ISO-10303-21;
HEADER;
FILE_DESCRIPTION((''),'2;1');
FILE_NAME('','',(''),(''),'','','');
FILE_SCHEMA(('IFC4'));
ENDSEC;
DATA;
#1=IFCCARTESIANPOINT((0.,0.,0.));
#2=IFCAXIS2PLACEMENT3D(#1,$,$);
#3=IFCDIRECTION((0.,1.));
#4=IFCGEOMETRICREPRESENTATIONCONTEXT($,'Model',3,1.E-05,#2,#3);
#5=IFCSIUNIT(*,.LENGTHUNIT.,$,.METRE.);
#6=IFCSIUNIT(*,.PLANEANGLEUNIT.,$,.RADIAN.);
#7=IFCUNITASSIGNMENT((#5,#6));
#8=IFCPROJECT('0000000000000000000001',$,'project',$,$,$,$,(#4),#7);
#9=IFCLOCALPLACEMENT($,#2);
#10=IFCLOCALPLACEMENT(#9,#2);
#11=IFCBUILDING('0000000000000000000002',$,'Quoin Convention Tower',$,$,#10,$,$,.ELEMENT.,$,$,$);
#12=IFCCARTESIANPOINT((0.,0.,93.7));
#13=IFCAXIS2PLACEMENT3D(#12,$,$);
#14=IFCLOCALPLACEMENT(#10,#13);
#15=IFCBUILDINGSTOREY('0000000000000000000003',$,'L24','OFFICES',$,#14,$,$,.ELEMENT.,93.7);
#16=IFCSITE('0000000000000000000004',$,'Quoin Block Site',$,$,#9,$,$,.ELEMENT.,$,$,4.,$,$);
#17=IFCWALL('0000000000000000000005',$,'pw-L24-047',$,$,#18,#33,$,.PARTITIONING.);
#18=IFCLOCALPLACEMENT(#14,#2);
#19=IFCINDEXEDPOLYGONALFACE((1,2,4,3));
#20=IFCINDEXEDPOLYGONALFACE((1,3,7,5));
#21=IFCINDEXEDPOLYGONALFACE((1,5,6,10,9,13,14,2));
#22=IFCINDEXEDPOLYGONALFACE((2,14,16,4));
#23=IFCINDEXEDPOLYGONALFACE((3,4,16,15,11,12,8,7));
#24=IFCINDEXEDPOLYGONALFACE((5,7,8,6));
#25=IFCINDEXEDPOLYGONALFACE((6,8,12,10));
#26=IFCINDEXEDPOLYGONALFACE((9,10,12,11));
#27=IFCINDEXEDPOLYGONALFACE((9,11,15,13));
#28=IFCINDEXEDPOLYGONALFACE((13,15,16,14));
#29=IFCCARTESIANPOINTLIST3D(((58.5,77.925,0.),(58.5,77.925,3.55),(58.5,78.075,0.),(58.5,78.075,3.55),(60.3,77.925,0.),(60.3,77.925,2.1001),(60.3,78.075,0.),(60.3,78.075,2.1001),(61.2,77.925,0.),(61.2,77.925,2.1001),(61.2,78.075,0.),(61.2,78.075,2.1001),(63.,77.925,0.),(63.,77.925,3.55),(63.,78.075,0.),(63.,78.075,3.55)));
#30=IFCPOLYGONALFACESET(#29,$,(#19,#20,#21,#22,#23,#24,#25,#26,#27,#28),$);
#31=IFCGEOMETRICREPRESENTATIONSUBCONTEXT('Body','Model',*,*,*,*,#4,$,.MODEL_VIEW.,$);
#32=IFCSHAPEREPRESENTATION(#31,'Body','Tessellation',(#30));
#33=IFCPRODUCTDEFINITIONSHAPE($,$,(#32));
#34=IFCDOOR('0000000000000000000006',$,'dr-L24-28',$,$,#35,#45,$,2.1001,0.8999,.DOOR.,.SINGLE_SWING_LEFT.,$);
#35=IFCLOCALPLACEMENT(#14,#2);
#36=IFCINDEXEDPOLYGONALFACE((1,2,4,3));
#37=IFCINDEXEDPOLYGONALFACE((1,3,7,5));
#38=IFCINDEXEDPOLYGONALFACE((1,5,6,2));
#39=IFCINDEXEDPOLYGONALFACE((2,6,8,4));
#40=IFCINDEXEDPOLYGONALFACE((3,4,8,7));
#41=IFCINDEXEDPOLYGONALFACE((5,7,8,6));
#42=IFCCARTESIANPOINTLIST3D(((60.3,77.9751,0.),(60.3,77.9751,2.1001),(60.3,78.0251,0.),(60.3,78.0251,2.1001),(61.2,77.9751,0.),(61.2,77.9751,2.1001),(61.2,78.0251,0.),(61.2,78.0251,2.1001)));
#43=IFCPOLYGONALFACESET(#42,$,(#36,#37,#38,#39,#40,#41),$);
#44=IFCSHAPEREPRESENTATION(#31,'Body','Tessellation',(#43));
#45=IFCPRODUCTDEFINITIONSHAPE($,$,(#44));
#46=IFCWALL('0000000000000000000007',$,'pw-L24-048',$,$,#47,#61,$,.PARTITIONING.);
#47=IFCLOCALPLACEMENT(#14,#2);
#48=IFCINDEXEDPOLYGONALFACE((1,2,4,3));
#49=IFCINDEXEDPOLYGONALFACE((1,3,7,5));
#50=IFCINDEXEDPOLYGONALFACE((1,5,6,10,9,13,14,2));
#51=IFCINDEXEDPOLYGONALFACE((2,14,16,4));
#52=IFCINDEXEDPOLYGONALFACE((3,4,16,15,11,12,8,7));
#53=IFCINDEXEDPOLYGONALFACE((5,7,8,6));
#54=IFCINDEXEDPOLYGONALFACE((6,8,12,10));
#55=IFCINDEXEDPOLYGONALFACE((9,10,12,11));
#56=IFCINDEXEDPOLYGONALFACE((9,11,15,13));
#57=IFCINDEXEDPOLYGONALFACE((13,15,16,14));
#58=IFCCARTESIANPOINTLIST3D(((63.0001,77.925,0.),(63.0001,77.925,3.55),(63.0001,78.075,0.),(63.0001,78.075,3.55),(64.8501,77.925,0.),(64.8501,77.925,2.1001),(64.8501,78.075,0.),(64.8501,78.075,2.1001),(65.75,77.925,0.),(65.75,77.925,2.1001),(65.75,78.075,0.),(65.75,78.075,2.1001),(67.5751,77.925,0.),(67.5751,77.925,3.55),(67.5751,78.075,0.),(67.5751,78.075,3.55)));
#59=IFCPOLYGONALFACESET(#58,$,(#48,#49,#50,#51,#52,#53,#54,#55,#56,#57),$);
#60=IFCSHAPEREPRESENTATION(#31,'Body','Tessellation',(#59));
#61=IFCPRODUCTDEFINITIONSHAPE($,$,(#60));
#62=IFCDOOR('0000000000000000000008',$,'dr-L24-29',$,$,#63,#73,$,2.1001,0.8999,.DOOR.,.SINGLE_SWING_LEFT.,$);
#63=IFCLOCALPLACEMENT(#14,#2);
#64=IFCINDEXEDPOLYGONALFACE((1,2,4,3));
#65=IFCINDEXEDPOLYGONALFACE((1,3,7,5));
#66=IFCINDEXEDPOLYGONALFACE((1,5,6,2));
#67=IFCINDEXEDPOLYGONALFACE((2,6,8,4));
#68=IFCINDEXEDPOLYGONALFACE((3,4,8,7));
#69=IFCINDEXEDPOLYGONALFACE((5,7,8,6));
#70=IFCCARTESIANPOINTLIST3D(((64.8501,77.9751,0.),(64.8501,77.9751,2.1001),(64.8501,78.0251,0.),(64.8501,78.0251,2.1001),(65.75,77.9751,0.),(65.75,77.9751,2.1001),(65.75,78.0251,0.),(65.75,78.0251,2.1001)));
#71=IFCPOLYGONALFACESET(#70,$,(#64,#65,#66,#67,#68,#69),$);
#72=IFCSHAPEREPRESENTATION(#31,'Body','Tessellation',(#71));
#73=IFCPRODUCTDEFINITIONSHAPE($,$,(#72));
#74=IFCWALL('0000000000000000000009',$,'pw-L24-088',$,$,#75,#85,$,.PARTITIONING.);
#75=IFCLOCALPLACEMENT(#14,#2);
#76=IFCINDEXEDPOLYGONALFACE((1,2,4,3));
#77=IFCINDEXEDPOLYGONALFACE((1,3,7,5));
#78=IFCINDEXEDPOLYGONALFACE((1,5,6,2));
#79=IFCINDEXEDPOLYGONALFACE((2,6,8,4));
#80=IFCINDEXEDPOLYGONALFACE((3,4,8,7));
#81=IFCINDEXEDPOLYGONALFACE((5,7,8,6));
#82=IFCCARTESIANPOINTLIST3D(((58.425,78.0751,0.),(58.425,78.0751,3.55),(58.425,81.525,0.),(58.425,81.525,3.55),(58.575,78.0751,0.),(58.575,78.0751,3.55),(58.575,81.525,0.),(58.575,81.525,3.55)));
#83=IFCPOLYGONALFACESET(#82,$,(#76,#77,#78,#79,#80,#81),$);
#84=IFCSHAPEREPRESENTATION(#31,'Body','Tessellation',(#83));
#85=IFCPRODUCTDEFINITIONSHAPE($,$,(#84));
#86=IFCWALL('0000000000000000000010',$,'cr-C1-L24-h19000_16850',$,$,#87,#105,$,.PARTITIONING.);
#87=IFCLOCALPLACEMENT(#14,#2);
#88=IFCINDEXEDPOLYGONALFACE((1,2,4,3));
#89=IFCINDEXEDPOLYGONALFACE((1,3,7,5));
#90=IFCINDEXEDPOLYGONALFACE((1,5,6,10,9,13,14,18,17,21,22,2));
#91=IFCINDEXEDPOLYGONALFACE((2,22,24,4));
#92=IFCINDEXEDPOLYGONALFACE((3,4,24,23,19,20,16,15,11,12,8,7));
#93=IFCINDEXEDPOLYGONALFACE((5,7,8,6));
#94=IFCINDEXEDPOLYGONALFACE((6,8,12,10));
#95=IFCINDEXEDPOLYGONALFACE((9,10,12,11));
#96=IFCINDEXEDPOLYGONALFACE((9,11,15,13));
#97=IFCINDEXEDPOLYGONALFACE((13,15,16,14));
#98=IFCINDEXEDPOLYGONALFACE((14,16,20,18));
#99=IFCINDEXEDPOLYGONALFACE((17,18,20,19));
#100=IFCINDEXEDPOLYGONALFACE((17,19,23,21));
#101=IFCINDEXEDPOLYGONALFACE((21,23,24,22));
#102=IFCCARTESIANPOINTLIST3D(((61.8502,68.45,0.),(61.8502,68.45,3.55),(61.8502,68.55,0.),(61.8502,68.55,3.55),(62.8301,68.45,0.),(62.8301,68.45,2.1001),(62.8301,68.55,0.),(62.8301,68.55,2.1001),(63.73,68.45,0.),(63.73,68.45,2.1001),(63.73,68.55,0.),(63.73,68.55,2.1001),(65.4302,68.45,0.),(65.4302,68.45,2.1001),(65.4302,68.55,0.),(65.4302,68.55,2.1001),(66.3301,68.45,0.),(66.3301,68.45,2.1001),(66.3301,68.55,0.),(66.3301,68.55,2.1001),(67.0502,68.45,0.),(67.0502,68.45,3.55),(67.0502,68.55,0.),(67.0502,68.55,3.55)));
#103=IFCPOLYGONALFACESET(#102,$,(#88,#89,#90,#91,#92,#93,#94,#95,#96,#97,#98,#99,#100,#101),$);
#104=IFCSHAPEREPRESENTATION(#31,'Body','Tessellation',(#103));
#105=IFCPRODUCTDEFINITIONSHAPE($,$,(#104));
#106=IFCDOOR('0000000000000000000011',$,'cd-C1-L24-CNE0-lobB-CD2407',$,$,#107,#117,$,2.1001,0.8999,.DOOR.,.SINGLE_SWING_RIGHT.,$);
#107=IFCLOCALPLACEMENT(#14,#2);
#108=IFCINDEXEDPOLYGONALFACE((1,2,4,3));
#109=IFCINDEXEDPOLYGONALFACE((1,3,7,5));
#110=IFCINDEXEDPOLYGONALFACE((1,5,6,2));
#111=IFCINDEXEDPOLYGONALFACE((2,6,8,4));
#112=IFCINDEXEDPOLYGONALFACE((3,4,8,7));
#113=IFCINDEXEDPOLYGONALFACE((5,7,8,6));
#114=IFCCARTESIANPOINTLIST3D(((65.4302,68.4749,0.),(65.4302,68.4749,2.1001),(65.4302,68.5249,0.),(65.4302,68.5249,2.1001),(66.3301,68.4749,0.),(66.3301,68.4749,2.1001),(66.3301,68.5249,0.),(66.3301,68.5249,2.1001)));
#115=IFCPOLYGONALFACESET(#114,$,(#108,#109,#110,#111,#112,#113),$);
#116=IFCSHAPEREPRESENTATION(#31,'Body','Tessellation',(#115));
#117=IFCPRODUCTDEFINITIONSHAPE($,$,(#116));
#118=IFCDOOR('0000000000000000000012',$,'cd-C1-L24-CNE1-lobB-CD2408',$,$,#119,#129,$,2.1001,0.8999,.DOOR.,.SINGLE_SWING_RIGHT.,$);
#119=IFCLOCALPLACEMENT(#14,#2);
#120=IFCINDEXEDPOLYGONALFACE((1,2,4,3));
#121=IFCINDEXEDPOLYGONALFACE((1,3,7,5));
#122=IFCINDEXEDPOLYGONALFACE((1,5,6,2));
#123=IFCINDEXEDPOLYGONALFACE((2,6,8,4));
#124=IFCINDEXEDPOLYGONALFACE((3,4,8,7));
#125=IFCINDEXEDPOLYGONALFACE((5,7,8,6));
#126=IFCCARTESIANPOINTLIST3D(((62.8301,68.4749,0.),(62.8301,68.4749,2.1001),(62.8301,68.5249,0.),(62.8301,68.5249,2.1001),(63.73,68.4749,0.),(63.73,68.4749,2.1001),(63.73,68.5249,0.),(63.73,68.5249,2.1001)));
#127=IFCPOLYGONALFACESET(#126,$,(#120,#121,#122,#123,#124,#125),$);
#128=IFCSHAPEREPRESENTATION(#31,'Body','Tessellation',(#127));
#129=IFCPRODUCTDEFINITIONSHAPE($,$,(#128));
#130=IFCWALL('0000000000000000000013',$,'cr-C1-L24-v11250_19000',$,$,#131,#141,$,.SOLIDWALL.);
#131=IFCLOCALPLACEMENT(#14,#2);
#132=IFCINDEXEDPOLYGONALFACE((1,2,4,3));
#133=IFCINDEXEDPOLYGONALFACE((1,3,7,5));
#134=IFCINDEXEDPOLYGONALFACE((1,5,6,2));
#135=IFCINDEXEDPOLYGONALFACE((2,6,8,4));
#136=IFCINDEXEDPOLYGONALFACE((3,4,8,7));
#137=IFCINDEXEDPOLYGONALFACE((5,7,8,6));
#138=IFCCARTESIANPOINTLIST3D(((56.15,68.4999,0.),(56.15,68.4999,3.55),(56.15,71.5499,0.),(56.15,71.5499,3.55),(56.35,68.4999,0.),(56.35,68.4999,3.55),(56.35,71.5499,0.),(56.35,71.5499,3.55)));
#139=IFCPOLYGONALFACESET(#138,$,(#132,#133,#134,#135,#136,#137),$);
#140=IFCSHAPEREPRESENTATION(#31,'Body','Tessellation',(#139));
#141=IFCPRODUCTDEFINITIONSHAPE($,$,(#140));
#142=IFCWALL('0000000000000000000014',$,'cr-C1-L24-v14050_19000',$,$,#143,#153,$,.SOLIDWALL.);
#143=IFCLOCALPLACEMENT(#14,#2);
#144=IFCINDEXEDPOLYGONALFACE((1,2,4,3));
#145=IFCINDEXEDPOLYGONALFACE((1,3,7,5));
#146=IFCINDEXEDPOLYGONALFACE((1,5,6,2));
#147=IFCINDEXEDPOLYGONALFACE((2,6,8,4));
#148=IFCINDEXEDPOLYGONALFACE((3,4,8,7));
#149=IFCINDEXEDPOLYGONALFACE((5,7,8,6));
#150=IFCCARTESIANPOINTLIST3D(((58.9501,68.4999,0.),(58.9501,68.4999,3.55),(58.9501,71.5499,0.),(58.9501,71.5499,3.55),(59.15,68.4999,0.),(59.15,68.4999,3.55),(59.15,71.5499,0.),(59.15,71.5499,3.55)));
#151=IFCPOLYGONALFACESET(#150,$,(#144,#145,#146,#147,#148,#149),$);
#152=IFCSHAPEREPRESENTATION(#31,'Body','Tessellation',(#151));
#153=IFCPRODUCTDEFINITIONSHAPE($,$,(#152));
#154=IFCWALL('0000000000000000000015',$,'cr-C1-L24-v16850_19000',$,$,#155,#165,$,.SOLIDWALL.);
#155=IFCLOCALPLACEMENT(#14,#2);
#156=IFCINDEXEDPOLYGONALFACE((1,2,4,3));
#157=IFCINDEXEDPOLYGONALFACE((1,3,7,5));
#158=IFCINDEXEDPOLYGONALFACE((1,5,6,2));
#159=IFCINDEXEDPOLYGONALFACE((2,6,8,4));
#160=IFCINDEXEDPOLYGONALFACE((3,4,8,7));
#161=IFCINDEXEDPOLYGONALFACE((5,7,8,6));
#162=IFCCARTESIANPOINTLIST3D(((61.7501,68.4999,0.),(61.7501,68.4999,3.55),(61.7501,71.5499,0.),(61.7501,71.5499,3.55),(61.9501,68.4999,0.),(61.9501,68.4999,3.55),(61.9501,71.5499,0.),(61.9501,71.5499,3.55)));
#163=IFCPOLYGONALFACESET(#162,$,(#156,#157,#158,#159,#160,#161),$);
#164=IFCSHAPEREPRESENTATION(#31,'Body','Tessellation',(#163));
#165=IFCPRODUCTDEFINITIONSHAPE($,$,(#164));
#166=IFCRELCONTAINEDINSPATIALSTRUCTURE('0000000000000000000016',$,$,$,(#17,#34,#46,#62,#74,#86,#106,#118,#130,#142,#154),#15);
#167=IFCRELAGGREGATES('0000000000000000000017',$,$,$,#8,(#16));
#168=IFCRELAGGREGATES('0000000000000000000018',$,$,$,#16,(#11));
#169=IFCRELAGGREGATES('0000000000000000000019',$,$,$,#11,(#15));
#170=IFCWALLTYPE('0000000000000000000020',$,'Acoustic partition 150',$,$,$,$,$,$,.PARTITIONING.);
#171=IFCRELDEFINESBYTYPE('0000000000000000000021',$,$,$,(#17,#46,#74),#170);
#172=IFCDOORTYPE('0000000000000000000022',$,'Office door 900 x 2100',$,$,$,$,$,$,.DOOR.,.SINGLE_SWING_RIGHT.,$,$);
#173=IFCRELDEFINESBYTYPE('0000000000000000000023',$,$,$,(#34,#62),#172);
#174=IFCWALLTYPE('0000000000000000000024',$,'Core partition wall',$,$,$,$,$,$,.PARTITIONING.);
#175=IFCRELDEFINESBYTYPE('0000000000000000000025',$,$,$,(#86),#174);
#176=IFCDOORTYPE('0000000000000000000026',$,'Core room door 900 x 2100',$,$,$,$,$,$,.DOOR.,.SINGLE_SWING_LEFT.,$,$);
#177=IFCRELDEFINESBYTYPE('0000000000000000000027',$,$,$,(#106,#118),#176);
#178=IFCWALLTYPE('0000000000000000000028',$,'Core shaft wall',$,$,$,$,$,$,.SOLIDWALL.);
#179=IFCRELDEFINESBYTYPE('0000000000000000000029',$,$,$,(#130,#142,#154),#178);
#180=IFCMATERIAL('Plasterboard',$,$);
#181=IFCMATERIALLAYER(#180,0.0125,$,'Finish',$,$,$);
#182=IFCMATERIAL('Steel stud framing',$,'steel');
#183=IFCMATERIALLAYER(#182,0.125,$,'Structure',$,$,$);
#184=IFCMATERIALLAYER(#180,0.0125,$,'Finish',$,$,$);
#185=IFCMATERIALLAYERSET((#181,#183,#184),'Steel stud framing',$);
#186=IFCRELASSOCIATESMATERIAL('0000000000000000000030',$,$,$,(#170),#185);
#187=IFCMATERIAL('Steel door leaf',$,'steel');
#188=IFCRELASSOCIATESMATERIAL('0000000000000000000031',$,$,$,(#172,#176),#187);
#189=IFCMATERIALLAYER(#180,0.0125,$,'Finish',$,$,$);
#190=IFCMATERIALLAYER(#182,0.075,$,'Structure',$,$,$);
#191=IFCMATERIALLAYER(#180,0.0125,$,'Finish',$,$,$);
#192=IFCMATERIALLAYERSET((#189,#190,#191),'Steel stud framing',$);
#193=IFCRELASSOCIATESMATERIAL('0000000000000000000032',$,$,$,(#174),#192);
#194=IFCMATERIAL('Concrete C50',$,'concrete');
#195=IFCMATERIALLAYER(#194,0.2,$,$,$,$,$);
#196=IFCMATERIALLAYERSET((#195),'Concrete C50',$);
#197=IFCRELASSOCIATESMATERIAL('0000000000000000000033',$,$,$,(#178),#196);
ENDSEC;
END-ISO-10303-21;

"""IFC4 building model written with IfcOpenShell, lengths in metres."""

from ifc_helpers import new_model, si_unit, direction, frame, frame_2d, origin, place, context, subcontext, project, spatial, rectangle, extrude, material, layer, layer_set, type_object, element, fill, save


model = new_model("IFC4")

# Units and contexts
model_context = context("Model", 3, precision=1e-05, world=origin(), true_north=direction((0.0, 1.0)))
body_context = subcontext(model_context, "Body", "Model", "MODEL_VIEW")
ifc_project = project(units=[si_unit("LENGTHUNIT", "METRE"), si_unit("PLANEANGLEUNIT", "RADIAN")], contexts=[model_context])

# Site, building, storey
site_placement = place(None, origin())
site = spatial("IfcSite", under=ifc_project, at=site_placement, Name="Quoin Block Site", CompositionType="ELEMENT", RefElevation=4.0)
building_placement = place(site_placement, origin())
building = spatial("IfcBuilding", under=site, at=building_placement, Name="Quoin Convention Tower", CompositionType="ELEMENT")
storey_placement = place(building_placement, frame((0.0, 0.0, 93.7)))
storey = spatial("IfcBuildingStorey", under=building, at=storey_placement, Name="L24", Description="OFFICES", CompositionType="ELEMENT", Elevation=93.7)

# Walls, openings, doors
ifc_material_1 = material(Name="Plasterboard")
ifc_layer_1 = layer(ifc_material_1, 0.0125, Name="Finish")
ifc_material_2 = material(Name="Steel stud framing", Category="steel")
ifc_layer_2 = layer(ifc_material_2, 0.125, Name="Structure")
ifc_layer_3 = layer(ifc_material_1, 0.0125, Name="Finish")
ifc_layer_set_1 = layer_set([ifc_layer_1, ifc_layer_2, ifc_layer_3], Name="Steel stud framing")
wall_type_1 = type_object("IfcWallType", Name="Acoustic partition 150", PredefinedType="PARTITIONING", material=ifc_layer_set_1)
wall_1_placement = place(storey_placement, frame((58.5, 78.0, 0.0), z_axis=(0.0, 0.0, 1.0), x_axis=(1.0, 0.0, 0.0)))
wall_1 = element("IfcWall", 1, at=wall_1_placement, inside=storey, type_object=wall_type_1, Name="pw-L24-047", PredefinedType="PARTITIONING", context=body_context, shape_type="SweptSolid", body=[
    extrude(rectangle(XDim=4.5, YDim=0.1499, at=frame_2d((2.25, 0.0))), origin(), (0.0, 0.0, 1.0), 3.55),
])
opening_1_placement = place(wall_1_placement, frame((1.8, 0.0, 0.0)))
opening_1 = element("IfcOpeningElement", 2, at=opening_1_placement, cuts=wall_1, PredefinedType="OPENING", context=body_context, shape_type="SweptSolid", body=[
    extrude(rectangle(XDim=0.8999, YDim=2.1001, at=frame_2d((0.45, 1.05))), frame((0.0, 0.085, 0.0), z_axis=(0.0, -1.0, 0.0), x_axis=(1.0, 0.0, 0.0)), (0.0, 0.0, 1.0), 0.1699),
])
ifc_material_3 = material(Name="Steel door leaf", Category="steel")
door_type_1 = type_object("IfcDoorType", Name="Office door 900 x 2100", OperationType="SINGLE_SWING_RIGHT", PredefinedType="DOOR", material=ifc_material_3)
door_1_placement = place(opening_1_placement, frame((0.8999, 0.0, 0.0), z_axis=(0.0, 0.0, 1.0), x_axis=(-1.0, 0.0, 0.0)))
door_1 = element("IfcDoor", 3, at=door_1_placement, inside=storey, type_object=door_type_1, Name="dr-L24-28", OperationType="SINGLE_SWING_LEFT", OverallHeight=2.1001, OverallWidth=0.8999, PredefinedType="DOOR", context=body_context, shape_type="SweptSolid", body=[
    extrude(rectangle(XDim=0.8999, YDim=2.1001, at=frame_2d((0.45, 1.05))), frame((0.0, 0.0249, 0.0), z_axis=(0.0, -1.0, 0.0), x_axis=(1.0, 0.0, 0.0)), (0.0, 0.0, 1.0), 0.05),
])
fill(opening_1, door_1)
wall_2_placement = place(storey_placement, frame((63.0, 78.0, 0.0), z_axis=(0.0, 0.0, 1.0), x_axis=(1.0, 0.0, 0.0)))
wall_2 = element("IfcWall", 4, at=wall_2_placement, inside=storey, type_object=wall_type_1, Name="pw-L24-048", PredefinedType="PARTITIONING", context=body_context, shape_type="SweptSolid", body=[
    extrude(rectangle(XDim=4.575, YDim=0.1499, at=frame_2d((2.2876, 0.0))), origin(), (0.0, 0.0, 1.0), 3.55),
])
opening_2_placement = place(wall_2_placement, frame((1.8501, 0.0, 0.0)))
opening_2 = element("IfcOpeningElement", 5, at=opening_2_placement, cuts=wall_2, PredefinedType="OPENING", context=body_context, shape_type="SweptSolid", body=[
    extrude(rectangle(XDim=0.8999, YDim=2.1001, at=frame_2d((0.45, 1.05))), frame((0.0, 0.085, 0.0), z_axis=(0.0, -1.0, 0.0), x_axis=(1.0, 0.0, 0.0)), (0.0, 0.0, 1.0), 0.1699),
])
door_2_placement = place(opening_2_placement, frame((0.8999, 0.0, 0.0), z_axis=(0.0, 0.0, 1.0), x_axis=(-1.0, 0.0, 0.0)))
door_2 = element("IfcDoor", 6, at=door_2_placement, inside=storey, type_object=door_type_1, Name="dr-L24-29", OperationType="SINGLE_SWING_LEFT", OverallHeight=2.1001, OverallWidth=0.8999, PredefinedType="DOOR", context=body_context, shape_type="SweptSolid", body=[
    extrude(rectangle(XDim=0.8999, YDim=2.1001, at=frame_2d((0.45, 1.05))), frame((0.0, 0.0249, 0.0), z_axis=(0.0, -1.0, 0.0), x_axis=(1.0, 0.0, 0.0)), (0.0, 0.0, 1.0), 0.05),
])
fill(opening_2, door_2)

# Wall
wall_3_placement = place(storey_placement, frame((58.5, 78.075, 0.0), z_axis=(0.0, 0.0, 1.0), x_axis=(0.0, 1.0, 0.0)))
element("IfcWall", 7, at=wall_3_placement, inside=storey, type_object=wall_type_1, Name="pw-L24-088", PredefinedType="PARTITIONING", context=body_context, shape_type="SweptSolid", body=[
    extrude(rectangle(XDim=3.45, YDim=0.1499, at=frame_2d((1.7251, 0.0))), origin(), (0.0, 0.0, 1.0), 3.55),
])

# Wall, openings, doors
ifc_layer_4 = layer(ifc_material_1, 0.0125, Name="Finish")
ifc_layer_5 = layer(ifc_material_2, 0.075, Name="Structure")
ifc_layer_6 = layer(ifc_material_1, 0.0125, Name="Finish")
ifc_layer_set_2 = layer_set([ifc_layer_4, ifc_layer_5, ifc_layer_6], Name="Steel stud framing")
wall_type_2 = type_object("IfcWallType", Name="Core partition wall", PredefinedType="PARTITIONING", material=ifc_layer_set_2)
wall_4_placement = place(storey_placement, frame((61.8501, 68.5, 0.0), z_axis=(0.0, 0.0, 1.0), x_axis=(1.0, 0.0, 0.0)))
wall_4 = element("IfcWall", 8, at=wall_4_placement, inside=storey, type_object=wall_type_2, Name="cr-C1-L24-h19000_16850", PredefinedType="PARTITIONING", context=body_context, shape_type="SweptSolid", body=[
    extrude(rectangle(XDim=5.2, YDim=0.1001, at=frame_2d((2.6001, 0.0))), origin(), (0.0, 0.0, 1.0), 3.55),
])
opening_3_placement = place(wall_4_placement, frame((3.5801, 0.0, 0.0)))
opening_3 = element("IfcOpeningElement", 9, at=opening_3_placement, cuts=wall_4, PredefinedType="OPENING", context=body_context, shape_type="SweptSolid", body=[
    extrude(rectangle(XDim=0.8999, YDim=2.1001, at=frame_2d((0.45, 1.05))), frame((0.0, 0.0601, 0.0), z_axis=(0.0, -1.0, 0.0), x_axis=(1.0, 0.0, 0.0)), (0.0, 0.0, 1.0), 0.1201),
])
opening_4_placement = place(wall_4_placement, frame((0.98, 0.0, 0.0)))
opening_4 = element("IfcOpeningElement", 10, at=opening_4_placement, cuts=wall_4, PredefinedType="OPENING", context=body_context, shape_type="SweptSolid", body=[
    extrude(rectangle(XDim=0.8999, YDim=2.1001, at=frame_2d((0.45, 1.05))), frame((0.0, 0.0601, 0.0), z_axis=(0.0, -1.0, 0.0), x_axis=(1.0, 0.0, 0.0)), (0.0, 0.0, 1.0), 0.1201),
])
door_type_2 = type_object("IfcDoorType", Name="Core room door 900 x 2100", OperationType="SINGLE_SWING_LEFT", PredefinedType="DOOR", material=ifc_material_3)
door_3_placement = place(opening_3_placement, origin())
door_3 = element("IfcDoor", 11, at=door_3_placement, inside=storey, type_object=door_type_2, Name="cd-C1-L24-CNE0-lobB-CD2407", OperationType="SINGLE_SWING_RIGHT", OverallHeight=2.1001, OverallWidth=0.8999, PredefinedType="DOOR", context=body_context, shape_type="SweptSolid", body=[
    extrude(rectangle(XDim=0.8999, YDim=2.1001, at=frame_2d((0.45, 1.05))), frame((0.0, 0.0249, 0.0), z_axis=(0.0, -1.0, 0.0), x_axis=(1.0, 0.0, 0.0)), (0.0, 0.0, 1.0), 0.05),
])
fill(opening_3, door_3)
door_4_placement = place(opening_4_placement, origin())
door_4 = element("IfcDoor", 12, at=door_4_placement, inside=storey, type_object=door_type_2, Name="cd-C1-L24-CNE1-lobB-CD2408", OperationType="SINGLE_SWING_RIGHT", OverallHeight=2.1001, OverallWidth=0.8999, PredefinedType="DOOR", context=body_context, shape_type="SweptSolid", body=[
    extrude(rectangle(XDim=0.8999, YDim=2.1001, at=frame_2d((0.45, 1.05))), frame((0.0, 0.0249, 0.0), z_axis=(0.0, -1.0, 0.0), x_axis=(1.0, 0.0, 0.0)), (0.0, 0.0, 1.0), 0.05),
])
fill(opening_4, door_4)

# Walls
ifc_material_4 = material(Name="Concrete C50", Category="concrete")
ifc_layer_7 = layer(ifc_material_4, 0.2)
ifc_layer_set_3 = layer_set([ifc_layer_7], Name="Concrete C50")
wall_type_3 = type_object("IfcWallType", Name="Core shaft wall", PredefinedType="SOLIDWALL", material=ifc_layer_set_3)
for number, where, z_axis, x_axis, name in (
    (13, (56.25, 68.5, 0.0), (0.0, 0.0, 1.0), (0.0, 1.0, 0.0), "cr-C1-L24-v11250_19000"),
    (14, (59.05, 68.5, 0.0), (0.0, 0.0, 1.0), (0.0, 1.0, 0.0), "cr-C1-L24-v14050_19000"),
    (15, (61.8501, 68.5, 0.0), (0.0, 0.0, 1.0), (0.0, 1.0, 0.0), "cr-C1-L24-v16850_19000"),
):
    element("IfcWall", number, at=place(storey_placement, frame(where, z_axis=z_axis, x_axis=x_axis)), inside=storey, type_object=wall_type_3, Name=name, PredefinedType="SOLIDWALL", context=body_context, shape_type="SweptSolid", body=[
        extrude(rectangle(XDim=3.05, YDim=0.2, at=frame_2d((1.5249, 0.0))), origin(), (0.0, 0.0, 1.0), 3.55),
    ])

save(model, "model.ifc")
